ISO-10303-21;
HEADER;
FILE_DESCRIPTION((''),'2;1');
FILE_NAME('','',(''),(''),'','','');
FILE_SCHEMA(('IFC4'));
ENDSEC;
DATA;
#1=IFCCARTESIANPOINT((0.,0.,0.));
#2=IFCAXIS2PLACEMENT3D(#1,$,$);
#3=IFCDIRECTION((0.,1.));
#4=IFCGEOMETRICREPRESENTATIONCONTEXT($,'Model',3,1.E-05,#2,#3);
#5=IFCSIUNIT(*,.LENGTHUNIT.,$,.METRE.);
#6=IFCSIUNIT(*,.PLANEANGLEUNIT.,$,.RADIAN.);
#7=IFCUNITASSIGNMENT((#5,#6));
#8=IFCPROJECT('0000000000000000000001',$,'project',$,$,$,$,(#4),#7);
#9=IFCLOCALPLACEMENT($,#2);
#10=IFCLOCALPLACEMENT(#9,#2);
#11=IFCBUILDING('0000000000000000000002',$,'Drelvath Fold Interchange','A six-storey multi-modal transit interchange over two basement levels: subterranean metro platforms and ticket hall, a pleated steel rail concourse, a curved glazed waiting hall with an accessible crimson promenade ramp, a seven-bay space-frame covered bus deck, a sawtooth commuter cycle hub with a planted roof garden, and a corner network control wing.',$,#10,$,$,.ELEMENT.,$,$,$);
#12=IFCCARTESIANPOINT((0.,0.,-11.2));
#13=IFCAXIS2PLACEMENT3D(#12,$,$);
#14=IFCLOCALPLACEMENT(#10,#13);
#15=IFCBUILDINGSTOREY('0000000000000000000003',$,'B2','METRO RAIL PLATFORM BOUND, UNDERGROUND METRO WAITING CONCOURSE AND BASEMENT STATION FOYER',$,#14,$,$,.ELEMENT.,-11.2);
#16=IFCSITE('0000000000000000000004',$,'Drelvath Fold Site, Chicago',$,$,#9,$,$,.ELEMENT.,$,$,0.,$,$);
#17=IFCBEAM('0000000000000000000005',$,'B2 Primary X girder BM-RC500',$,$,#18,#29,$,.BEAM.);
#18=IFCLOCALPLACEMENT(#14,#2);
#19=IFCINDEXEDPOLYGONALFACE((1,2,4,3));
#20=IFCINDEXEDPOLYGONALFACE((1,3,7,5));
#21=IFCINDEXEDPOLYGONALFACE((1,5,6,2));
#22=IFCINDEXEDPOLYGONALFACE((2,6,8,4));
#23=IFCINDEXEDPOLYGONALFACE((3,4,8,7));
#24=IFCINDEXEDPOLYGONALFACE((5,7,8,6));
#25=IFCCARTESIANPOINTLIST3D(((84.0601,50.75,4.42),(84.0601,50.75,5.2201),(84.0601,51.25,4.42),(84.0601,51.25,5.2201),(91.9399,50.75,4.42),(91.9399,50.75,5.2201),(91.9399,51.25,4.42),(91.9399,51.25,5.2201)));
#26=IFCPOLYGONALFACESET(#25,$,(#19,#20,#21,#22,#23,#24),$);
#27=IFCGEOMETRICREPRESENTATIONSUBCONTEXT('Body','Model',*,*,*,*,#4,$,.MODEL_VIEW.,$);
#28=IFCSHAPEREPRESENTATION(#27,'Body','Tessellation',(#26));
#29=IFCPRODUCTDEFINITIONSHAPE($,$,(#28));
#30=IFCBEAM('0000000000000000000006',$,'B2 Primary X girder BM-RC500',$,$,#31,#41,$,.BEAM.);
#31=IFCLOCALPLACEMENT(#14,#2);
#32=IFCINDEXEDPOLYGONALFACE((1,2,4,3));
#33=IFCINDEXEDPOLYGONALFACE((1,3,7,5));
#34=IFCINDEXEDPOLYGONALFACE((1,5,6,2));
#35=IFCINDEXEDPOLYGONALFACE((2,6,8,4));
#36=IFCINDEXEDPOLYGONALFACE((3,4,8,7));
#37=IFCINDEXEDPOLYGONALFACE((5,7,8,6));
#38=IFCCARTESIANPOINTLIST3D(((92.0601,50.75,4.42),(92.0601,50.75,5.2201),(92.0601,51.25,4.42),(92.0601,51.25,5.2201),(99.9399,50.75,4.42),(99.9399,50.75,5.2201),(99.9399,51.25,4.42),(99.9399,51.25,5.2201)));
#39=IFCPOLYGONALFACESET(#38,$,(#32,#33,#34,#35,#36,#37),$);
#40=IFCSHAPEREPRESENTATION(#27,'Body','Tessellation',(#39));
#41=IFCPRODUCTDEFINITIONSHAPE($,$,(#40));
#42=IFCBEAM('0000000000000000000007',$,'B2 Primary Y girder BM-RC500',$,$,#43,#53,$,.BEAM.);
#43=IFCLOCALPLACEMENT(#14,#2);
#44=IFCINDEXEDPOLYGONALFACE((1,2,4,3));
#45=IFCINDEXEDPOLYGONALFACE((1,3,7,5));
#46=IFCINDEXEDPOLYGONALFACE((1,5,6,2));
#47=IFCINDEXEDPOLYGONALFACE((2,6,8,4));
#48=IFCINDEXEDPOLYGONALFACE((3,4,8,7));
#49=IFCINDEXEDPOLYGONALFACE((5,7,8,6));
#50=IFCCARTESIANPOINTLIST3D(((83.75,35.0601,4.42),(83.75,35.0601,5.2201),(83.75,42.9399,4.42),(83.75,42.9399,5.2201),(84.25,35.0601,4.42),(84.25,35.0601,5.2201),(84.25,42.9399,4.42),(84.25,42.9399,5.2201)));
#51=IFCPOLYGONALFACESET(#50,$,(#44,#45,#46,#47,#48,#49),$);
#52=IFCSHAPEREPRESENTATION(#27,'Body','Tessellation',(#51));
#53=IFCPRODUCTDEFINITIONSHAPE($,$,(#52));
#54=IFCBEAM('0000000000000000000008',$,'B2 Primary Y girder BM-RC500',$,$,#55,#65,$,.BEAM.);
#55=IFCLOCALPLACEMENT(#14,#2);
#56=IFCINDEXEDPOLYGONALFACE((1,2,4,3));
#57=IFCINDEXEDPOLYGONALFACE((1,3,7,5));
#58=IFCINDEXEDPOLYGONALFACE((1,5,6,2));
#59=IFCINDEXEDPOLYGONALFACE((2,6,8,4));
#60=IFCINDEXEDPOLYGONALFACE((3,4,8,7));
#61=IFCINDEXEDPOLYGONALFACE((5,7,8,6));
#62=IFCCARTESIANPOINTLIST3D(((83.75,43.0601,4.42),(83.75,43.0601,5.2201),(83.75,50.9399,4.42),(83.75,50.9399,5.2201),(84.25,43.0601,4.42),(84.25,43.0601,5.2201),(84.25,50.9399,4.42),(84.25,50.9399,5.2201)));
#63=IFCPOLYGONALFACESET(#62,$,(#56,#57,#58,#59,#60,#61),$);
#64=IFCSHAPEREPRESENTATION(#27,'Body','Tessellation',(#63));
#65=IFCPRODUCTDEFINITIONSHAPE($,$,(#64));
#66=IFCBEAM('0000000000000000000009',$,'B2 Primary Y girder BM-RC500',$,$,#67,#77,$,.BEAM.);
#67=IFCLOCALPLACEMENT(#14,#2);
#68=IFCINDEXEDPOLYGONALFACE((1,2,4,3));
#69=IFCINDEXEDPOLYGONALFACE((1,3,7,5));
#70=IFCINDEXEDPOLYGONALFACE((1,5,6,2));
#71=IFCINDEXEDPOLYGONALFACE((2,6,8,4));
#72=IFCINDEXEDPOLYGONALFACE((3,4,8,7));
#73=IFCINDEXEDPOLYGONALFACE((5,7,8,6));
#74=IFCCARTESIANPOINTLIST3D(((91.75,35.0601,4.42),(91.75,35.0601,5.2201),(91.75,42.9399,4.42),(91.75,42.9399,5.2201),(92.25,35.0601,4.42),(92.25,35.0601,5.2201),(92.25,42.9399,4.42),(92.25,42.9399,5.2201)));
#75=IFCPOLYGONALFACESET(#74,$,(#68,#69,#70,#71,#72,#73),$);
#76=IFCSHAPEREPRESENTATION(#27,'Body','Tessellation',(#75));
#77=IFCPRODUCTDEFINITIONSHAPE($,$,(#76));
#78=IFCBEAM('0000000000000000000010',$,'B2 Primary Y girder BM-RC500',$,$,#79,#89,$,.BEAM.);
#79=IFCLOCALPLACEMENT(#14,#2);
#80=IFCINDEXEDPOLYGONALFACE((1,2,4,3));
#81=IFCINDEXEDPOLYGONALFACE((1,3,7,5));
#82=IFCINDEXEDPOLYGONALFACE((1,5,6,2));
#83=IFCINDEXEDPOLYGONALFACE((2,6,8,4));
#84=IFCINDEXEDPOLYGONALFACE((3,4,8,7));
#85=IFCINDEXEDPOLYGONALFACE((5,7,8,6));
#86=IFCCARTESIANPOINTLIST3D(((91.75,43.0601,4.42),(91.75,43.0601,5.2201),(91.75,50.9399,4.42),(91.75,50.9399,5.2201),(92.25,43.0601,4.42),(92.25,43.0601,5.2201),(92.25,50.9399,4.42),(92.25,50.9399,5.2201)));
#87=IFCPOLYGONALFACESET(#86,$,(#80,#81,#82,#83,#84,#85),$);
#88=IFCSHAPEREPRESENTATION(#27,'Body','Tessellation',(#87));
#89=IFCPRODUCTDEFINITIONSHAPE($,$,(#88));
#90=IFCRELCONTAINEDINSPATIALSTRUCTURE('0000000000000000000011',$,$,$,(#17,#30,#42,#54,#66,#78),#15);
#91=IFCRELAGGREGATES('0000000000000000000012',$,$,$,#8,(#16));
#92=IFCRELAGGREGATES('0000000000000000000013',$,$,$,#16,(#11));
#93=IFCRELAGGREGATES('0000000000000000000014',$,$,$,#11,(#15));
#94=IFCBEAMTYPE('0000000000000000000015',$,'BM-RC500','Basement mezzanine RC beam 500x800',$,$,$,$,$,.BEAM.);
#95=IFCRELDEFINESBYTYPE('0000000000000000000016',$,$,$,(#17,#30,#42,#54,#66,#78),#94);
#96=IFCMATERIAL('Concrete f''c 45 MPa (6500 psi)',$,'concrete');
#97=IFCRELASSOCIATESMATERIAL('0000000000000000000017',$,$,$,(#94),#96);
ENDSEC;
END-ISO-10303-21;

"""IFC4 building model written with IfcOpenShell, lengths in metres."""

from ifc_helpers import new_model, si_unit, direction, frame, origin, origin_2d, place, context, subcontext, project, spatial, rectangle, extrude, material, material_profile, profile_set, type_object, element, save


model = new_model("IFC4")

# Units and contexts
model_context = context("Model", 3, precision=1e-05, world=origin(), true_north=direction((0.0, 1.0)))
body_context = subcontext(model_context, "Body", "Model", "MODEL_VIEW")
ifc_project = project(units=[si_unit("LENGTHUNIT", "METRE"), si_unit("PLANEANGLEUNIT", "RADIAN")], contexts=[model_context])

# Site, building, storey
site_placement = place(None, origin())
site = spatial("IfcSite", under=ifc_project, at=site_placement, Name="Drelvath Fold Site, Chicago", CompositionType="ELEMENT", RefElevation=0.0)
building_placement = place(site_placement, origin())
building = spatial("IfcBuilding", under=site, at=building_placement, Name="Drelvath Fold Interchange", Description="A six-storey multi-modal transit interchange over two basement levels: subterranean metro platforms and ticket hall, a pleated steel rail concourse, a curved glazed waiting hall with an accessible crimson promenade ramp, a seven-bay space-frame covered bus deck, a sawtooth commuter cycle hub with a planted roof garden, and a corner network control wing.", CompositionType="ELEMENT")
storey_placement = place(building_placement, frame((0.0, 0.0, -11.2)))
storey = spatial("IfcBuildingStorey", under=building, at=storey_placement, Name="B2", Description="METRO RAIL PLATFORM BOUND, UNDERGROUND METRO WAITING CONCOURSE AND BASEMENT STATION FOYER", CompositionType="ELEMENT", Elevation=-11.2)

# Beams
ifc_material_1 = material(Name="Concrete f'c 45 MPa (6500 psi)", Category="concrete")
ifc_material_profile_1 = material_profile(ifc_material_1, rectangle(XDim=0.5, YDim=0.8, at=origin_2d()), Name="RC 500x800")
ifc_profile_set_1 = profile_set([ifc_material_profile_1], Name="Concrete f'c 45 MPa (6500 psi)")
beam_type_1 = type_object("IfcBeamType", Name="BM-RC500", Description="Basement mezzanine RC beam 500x800", PredefinedType="BEAM", material=ifc_profile_set_1)
for number, where, z_axis, x_axis, name in (
    (1, (84.0601, 51.0, 4.8201), (1.0, 0.0, 0.0), (0.0, 1.0, 0.0), "B2 Primary X girder BM-RC500"),
    (2, (92.0601, 51.0, 4.8201), (1.0, 0.0, 0.0), (0.0, 1.0, 0.0), "B2 Primary X girder BM-RC500"),
    (3, (84.0, 35.0601, 4.8201), (0.0, 1.0, 0.0), (-1.0, 0.0, 0.0), "B2 Primary Y girder BM-RC500"),
    (4, (84.0, 43.0601, 4.8201), (0.0, 1.0, 0.0), (-1.0, 0.0, 0.0), "B2 Primary Y girder BM-RC500"),
    (5, (92.0, 35.0601, 4.8201), (0.0, 1.0, 0.0), (-1.0, 0.0, 0.0), "B2 Primary Y girder BM-RC500"),
    (6, (92.0, 43.0601, 4.8201), (0.0, 1.0, 0.0), (-1.0, 0.0, 0.0), "B2 Primary Y girder BM-RC500"),
):
    element("IfcBeam", number, at=place(storey_placement, frame(where, z_axis=z_axis, x_axis=x_axis)), inside=storey, type_object=beam_type_1, Name=name, PredefinedType="BEAM", context=body_context, shape_type="SweptSolid", body=[
        extrude(rectangle(XDim=0.5, YDim=0.8, at=origin_2d()), origin(), (0.0, 0.0, 1.0), 7.8799),
    ])

save(model, "model.ifc")
